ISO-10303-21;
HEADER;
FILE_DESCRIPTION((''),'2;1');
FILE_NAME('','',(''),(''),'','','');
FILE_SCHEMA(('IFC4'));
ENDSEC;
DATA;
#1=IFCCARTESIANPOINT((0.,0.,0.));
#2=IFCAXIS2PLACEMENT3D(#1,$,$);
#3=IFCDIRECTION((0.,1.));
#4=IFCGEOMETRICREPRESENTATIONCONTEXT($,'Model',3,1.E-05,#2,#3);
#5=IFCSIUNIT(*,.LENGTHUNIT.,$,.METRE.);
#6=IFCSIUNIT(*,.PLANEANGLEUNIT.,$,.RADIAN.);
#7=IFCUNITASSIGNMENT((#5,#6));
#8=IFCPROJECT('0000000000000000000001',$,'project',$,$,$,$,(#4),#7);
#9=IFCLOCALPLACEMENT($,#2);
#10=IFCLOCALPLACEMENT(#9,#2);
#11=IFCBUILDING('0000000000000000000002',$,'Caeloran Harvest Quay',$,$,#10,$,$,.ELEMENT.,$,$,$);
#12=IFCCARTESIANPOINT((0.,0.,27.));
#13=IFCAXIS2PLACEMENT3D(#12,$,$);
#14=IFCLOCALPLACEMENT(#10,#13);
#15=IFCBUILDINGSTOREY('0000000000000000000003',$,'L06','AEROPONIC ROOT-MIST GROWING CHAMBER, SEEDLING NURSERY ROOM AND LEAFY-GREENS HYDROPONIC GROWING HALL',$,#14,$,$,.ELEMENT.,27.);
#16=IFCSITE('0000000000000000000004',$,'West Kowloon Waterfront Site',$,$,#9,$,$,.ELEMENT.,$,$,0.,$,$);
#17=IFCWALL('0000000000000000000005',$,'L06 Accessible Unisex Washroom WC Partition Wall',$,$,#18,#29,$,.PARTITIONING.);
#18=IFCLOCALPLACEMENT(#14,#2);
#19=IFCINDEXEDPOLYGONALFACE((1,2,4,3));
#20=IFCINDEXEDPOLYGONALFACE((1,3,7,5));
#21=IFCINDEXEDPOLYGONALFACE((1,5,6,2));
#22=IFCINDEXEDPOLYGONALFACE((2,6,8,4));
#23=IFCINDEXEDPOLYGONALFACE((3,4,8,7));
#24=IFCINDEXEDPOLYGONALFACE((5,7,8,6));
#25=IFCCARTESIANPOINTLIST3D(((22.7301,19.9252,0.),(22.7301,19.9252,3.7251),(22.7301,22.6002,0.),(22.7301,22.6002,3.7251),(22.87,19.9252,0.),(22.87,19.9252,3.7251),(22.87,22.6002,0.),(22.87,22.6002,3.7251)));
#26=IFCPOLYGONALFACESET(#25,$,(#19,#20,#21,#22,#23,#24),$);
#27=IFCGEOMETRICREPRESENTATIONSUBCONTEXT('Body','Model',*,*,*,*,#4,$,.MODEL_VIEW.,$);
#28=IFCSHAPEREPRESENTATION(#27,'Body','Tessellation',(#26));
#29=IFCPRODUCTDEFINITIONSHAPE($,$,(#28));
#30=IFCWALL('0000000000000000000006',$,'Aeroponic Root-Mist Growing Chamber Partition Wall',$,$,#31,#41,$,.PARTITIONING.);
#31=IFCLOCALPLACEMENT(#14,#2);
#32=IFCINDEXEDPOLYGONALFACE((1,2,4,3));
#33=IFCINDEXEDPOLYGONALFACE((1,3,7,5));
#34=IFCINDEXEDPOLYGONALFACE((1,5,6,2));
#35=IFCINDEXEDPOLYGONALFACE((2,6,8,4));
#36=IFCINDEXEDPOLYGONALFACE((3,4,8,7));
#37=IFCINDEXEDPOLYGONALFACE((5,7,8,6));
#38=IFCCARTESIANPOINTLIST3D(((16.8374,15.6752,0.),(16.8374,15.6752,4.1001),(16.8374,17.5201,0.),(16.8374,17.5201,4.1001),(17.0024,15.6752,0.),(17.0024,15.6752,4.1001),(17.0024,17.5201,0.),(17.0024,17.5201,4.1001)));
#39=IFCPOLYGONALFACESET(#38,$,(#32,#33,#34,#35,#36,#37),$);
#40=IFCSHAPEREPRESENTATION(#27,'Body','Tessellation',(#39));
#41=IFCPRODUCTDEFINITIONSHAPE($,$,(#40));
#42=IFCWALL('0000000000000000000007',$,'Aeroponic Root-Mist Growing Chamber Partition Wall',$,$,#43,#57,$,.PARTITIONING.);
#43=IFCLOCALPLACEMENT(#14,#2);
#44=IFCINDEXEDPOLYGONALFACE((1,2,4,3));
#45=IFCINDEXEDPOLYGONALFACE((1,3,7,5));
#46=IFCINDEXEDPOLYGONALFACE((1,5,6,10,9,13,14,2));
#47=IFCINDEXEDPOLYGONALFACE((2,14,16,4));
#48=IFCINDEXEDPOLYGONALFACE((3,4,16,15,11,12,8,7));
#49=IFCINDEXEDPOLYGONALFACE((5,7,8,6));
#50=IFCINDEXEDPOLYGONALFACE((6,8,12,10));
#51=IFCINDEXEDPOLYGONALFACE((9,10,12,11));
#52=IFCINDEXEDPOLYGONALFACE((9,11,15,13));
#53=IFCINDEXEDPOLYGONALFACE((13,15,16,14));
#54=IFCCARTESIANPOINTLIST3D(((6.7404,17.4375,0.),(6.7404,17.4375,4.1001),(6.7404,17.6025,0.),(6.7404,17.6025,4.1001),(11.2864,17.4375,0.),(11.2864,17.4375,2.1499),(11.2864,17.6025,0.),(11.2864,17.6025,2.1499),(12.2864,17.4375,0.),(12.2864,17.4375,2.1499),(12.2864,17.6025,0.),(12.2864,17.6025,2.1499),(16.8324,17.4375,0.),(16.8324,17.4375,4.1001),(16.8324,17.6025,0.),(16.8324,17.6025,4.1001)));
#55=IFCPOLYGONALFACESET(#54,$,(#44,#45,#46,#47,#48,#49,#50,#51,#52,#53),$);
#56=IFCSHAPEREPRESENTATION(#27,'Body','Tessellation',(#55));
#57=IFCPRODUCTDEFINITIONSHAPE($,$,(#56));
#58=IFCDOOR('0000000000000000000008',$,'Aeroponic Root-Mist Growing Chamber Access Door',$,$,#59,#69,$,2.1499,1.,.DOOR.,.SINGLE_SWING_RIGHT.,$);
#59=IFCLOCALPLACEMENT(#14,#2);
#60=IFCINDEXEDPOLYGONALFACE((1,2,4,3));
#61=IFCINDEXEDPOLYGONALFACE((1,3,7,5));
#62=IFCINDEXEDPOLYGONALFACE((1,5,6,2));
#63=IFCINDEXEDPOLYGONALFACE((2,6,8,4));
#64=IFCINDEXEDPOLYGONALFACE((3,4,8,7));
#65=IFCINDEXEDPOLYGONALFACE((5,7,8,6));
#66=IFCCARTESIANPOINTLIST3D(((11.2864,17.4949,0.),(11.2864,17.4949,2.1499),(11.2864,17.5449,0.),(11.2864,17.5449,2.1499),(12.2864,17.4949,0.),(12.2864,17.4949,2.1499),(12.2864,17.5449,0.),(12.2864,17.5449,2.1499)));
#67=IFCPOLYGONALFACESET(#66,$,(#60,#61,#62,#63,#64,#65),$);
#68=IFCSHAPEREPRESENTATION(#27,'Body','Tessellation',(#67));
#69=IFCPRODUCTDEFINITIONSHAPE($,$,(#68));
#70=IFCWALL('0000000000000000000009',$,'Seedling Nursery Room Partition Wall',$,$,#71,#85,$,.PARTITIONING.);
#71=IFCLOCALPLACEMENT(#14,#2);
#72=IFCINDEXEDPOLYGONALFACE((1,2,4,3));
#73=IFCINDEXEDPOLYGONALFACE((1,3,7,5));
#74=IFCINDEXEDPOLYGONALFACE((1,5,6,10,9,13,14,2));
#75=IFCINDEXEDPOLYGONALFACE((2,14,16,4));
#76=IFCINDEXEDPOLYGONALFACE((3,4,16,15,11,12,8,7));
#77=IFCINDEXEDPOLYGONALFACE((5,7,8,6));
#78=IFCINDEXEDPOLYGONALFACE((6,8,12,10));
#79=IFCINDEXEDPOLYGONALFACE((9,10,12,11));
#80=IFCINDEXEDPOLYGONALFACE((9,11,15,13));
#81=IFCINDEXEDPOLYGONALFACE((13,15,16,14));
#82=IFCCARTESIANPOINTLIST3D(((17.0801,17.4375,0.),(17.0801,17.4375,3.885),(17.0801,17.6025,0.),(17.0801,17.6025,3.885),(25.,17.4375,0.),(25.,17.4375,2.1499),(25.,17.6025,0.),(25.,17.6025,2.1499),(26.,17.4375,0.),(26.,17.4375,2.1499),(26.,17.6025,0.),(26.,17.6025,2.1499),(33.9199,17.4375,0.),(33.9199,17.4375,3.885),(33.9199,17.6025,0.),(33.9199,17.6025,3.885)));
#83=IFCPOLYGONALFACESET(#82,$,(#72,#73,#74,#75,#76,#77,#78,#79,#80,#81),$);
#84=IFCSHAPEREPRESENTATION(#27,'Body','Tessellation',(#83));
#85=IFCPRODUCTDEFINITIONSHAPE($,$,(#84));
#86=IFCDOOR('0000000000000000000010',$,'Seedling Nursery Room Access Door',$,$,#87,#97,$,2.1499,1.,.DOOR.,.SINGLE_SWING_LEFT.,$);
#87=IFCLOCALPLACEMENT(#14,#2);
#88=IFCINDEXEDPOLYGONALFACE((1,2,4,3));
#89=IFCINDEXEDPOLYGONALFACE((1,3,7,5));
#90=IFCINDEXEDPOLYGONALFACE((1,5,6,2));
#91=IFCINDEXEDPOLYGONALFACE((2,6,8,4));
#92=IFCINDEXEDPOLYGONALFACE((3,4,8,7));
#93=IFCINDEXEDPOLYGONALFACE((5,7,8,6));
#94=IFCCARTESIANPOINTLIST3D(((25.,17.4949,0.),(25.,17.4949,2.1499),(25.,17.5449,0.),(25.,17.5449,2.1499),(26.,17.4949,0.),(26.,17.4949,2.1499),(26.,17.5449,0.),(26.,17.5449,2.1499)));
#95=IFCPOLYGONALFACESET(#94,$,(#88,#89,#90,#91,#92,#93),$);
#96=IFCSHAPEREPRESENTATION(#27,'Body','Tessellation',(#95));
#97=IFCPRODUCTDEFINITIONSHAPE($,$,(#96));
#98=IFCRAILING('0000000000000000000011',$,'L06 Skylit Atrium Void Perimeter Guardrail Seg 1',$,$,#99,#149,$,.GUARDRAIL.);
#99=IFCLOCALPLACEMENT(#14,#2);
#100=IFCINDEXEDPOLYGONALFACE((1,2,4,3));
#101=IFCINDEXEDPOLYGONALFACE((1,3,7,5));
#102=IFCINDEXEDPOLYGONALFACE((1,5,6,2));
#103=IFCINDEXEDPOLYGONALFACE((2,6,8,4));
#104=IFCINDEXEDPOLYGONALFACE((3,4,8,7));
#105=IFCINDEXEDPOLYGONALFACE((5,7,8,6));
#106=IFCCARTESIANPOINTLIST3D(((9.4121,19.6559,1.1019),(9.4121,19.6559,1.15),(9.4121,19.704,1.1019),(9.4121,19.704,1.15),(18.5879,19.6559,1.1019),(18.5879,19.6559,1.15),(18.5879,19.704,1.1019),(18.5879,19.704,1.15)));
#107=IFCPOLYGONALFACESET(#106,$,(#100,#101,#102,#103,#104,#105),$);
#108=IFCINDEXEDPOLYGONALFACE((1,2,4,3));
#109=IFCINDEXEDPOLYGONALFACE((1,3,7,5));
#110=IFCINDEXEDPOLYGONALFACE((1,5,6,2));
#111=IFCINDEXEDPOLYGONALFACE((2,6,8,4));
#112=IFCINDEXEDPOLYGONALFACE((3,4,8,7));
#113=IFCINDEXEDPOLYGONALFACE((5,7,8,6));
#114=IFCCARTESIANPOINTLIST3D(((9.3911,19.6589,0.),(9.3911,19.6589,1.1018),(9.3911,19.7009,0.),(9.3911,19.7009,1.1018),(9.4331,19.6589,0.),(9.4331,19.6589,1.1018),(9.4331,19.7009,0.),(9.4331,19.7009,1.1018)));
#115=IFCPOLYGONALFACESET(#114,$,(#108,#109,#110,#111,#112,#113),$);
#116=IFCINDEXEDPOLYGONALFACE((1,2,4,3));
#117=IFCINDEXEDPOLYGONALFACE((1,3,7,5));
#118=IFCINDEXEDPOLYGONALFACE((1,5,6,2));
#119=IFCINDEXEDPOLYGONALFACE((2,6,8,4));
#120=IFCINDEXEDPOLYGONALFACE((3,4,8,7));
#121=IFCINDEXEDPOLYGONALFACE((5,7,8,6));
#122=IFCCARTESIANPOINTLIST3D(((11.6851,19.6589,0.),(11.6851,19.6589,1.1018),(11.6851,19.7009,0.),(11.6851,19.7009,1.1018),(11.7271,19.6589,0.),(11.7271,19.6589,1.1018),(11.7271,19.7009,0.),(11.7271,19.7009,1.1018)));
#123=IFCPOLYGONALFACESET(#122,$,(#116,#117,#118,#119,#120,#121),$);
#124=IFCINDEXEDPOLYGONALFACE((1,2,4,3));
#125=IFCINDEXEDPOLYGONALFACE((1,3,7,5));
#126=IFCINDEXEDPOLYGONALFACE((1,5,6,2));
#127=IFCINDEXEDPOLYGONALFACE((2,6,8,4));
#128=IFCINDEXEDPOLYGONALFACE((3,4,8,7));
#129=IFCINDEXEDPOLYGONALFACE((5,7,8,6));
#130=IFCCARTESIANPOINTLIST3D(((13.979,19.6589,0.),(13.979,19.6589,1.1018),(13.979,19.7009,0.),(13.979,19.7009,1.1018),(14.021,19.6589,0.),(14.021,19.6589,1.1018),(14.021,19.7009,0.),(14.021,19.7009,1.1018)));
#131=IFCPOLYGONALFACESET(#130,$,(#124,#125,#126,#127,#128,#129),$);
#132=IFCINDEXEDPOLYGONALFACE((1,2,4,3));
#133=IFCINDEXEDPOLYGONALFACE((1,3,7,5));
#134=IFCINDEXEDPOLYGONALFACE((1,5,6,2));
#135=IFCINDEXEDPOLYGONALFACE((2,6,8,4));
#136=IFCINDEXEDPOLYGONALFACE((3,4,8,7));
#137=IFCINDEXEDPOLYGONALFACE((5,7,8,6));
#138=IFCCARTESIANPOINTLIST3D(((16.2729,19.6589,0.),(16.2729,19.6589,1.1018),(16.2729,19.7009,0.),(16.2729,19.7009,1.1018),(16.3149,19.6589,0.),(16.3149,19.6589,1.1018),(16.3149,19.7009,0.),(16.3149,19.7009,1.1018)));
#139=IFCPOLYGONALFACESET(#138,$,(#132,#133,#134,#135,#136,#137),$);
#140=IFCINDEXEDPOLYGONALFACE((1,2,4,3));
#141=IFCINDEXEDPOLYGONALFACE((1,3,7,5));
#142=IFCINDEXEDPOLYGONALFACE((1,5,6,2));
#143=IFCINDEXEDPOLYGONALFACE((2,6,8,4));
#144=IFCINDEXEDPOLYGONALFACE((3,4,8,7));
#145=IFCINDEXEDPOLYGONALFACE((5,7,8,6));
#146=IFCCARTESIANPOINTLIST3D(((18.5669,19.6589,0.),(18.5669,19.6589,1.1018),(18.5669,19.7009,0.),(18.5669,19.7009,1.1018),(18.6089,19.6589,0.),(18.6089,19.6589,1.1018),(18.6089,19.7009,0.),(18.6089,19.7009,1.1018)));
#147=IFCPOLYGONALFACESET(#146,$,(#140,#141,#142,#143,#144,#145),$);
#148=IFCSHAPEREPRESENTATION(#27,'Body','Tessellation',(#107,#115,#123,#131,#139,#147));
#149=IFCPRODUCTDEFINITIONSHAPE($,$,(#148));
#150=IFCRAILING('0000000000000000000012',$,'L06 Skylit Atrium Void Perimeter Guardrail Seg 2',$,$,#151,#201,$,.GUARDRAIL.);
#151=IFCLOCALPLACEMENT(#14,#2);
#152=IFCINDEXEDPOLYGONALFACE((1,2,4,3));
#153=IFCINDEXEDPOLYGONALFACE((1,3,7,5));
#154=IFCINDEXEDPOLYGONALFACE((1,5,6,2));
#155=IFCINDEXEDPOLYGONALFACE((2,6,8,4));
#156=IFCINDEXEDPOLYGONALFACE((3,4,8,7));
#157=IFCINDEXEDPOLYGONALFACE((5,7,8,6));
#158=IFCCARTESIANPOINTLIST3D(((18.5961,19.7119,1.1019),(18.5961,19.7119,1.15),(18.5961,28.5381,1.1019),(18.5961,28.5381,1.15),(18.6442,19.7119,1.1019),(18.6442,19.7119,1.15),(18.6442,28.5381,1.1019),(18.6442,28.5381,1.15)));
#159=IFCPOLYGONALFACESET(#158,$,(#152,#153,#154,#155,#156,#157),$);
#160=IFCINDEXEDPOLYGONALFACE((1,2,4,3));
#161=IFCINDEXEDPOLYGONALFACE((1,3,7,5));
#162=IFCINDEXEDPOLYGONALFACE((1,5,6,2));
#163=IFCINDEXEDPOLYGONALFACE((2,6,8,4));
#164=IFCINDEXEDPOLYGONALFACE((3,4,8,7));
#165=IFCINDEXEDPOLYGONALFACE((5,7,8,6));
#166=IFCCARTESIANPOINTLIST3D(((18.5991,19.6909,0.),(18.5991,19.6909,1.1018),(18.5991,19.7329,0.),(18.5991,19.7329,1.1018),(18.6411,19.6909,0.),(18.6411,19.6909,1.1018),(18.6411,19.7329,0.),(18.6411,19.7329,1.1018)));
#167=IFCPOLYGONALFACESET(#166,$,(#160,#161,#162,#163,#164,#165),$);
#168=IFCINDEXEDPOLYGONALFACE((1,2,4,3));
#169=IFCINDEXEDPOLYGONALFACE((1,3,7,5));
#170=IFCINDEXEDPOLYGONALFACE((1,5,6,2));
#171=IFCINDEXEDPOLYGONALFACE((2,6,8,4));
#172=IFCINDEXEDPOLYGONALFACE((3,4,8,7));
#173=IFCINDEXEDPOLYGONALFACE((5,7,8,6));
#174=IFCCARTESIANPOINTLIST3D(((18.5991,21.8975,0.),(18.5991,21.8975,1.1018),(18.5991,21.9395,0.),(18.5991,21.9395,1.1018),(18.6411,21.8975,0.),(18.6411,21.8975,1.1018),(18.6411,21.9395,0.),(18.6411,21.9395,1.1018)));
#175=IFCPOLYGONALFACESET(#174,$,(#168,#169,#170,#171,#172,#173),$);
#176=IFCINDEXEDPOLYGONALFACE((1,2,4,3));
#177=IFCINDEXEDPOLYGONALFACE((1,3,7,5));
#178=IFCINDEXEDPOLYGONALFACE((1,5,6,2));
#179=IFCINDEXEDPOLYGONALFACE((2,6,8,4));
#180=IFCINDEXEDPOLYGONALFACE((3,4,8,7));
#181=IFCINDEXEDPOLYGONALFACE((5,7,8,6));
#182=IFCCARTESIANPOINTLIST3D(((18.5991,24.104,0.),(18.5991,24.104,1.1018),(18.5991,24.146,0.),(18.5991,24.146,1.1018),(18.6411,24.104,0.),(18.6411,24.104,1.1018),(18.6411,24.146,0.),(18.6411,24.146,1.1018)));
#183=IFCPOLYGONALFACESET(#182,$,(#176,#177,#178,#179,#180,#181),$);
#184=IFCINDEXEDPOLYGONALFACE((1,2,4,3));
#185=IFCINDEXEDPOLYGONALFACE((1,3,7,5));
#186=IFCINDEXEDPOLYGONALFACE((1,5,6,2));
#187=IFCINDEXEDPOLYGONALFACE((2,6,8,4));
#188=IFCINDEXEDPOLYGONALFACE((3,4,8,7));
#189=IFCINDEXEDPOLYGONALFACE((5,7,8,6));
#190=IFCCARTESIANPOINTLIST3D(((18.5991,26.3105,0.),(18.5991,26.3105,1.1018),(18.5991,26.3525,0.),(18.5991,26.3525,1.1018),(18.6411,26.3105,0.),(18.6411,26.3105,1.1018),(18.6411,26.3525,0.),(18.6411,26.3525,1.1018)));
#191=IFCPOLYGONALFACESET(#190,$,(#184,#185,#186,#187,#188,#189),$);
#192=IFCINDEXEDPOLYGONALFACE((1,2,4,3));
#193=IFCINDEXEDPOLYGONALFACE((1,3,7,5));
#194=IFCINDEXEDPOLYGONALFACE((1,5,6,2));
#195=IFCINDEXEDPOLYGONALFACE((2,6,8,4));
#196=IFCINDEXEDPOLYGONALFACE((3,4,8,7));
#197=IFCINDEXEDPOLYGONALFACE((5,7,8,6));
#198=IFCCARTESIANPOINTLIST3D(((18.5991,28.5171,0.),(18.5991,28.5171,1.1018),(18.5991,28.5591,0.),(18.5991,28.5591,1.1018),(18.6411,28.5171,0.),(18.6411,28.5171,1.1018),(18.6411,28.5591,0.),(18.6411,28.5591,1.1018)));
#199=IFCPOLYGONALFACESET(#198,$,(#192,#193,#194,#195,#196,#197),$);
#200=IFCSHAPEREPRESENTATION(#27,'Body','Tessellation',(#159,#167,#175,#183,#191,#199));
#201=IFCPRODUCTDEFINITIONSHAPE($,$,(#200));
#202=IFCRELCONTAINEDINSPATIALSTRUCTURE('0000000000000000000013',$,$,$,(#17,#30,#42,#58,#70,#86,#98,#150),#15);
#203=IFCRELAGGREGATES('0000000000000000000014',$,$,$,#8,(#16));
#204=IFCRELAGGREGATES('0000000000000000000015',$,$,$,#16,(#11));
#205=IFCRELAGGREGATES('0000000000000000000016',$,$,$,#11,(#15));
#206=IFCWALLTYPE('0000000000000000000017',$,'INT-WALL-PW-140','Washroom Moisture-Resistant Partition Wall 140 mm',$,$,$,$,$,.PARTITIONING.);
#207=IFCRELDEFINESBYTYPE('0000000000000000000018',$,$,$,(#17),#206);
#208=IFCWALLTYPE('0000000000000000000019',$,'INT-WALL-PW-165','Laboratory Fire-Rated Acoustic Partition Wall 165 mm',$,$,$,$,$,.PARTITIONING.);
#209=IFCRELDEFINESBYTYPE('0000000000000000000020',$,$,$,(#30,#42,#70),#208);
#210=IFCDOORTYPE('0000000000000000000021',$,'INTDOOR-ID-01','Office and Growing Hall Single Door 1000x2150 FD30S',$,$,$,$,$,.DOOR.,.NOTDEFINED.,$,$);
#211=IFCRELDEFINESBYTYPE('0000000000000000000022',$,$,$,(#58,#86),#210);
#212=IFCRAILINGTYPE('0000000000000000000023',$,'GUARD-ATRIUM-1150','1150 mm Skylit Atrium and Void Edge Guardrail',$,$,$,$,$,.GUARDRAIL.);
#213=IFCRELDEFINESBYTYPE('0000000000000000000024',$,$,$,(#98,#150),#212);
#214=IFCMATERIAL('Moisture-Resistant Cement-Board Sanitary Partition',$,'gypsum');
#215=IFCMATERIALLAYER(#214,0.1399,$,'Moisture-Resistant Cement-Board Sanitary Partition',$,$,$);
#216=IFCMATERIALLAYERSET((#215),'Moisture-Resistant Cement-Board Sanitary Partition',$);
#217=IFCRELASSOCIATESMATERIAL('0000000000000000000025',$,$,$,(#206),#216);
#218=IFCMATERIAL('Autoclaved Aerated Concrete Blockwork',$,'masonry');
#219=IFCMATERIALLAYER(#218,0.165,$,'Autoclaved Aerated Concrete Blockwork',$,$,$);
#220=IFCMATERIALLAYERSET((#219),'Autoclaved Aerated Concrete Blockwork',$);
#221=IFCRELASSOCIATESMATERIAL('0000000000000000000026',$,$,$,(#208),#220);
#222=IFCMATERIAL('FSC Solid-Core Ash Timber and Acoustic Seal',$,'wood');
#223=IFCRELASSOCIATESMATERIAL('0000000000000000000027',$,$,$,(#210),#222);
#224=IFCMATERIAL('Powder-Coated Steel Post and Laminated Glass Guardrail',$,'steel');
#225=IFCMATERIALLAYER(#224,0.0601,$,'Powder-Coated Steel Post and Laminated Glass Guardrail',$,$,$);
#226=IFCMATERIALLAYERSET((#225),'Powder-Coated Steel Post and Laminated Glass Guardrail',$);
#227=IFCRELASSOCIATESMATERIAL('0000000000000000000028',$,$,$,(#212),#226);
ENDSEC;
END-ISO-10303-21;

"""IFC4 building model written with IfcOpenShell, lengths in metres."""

from ifc_helpers import new_model, si_unit, direction, frame, frame_2d, origin, origin_2d, place, context, subcontext, project, spatial, rectangle, extrude, material, layer, layer_set, type_object, element, fill, save


model = new_model("IFC4")

# Units and contexts
model_context = context("Model", 3, precision=1e-05, world=origin(), true_north=direction((0.0, 1.0)))
body_context = subcontext(model_context, "Body", "Model", "MODEL_VIEW")
ifc_project = project(units=[si_unit("LENGTHUNIT", "METRE"), si_unit("PLANEANGLEUNIT", "RADIAN")], contexts=[model_context])

# Site, building, storey
site_placement = place(None, origin())
site = spatial("IfcSite", under=ifc_project, at=site_placement, Name="West Kowloon Waterfront Site", CompositionType="ELEMENT", RefElevation=0.0)
building_placement = place(site_placement, origin())
building = spatial("IfcBuilding", under=site, at=building_placement, Name="Caeloran Harvest Quay", CompositionType="ELEMENT")
storey_placement = place(building_placement, frame((0.0, 0.0, 27.0)))
storey = spatial("IfcBuildingStorey", under=building, at=storey_placement, Name="L06", Description="AEROPONIC ROOT-MIST GROWING CHAMBER, SEEDLING NURSERY ROOM AND LEAFY-GREENS HYDROPONIC GROWING HALL", CompositionType="ELEMENT", Elevation=27.0)

# Shared definitions
ifc_material_1 = material(Name="Moisture-Resistant Cement-Board Sanitary Partition", Category="gypsum")
ifc_layer_1 = layer(ifc_material_1, 0.1399, Name="Moisture-Resistant Cement-Board Sanitary Partition")
ifc_layer_set_1 = layer_set([ifc_layer_1], Name="Moisture-Resistant Cement-Board Sanitary Partition")
wall_type_1 = type_object("IfcWallType", Name="INT-WALL-PW-140", Description="Washroom Moisture-Resistant Partition Wall 140 mm", PredefinedType="PARTITIONING", material=ifc_layer_set_1)

# Walls
wall_1_placement = place(storey_placement, frame((22.8, 22.6001, 0.0), z_axis=(0.0, 0.0, 1.0), x_axis=(0.0, -1.0, 0.0)))
element("IfcWall", 1, at=wall_1_placement, inside=storey, type_object=wall_type_1, Name="L06 Accessible Unisex Washroom WC Partition Wall", PredefinedType="PARTITIONING", context=body_context, shape_type="SweptSolid", body=[
    extrude(rectangle(XDim=2.675, YDim=0.1399, at=frame_2d((1.3374, 0.0))), origin(), (0.0, 0.0, 1.0), 3.7251),
])
ifc_material_2 = material(Name="Autoclaved Aerated Concrete Blockwork", Category="masonry")
ifc_layer_2 = layer(ifc_material_2, 0.165, Name="Autoclaved Aerated Concrete Blockwork")
ifc_layer_set_2 = layer_set([ifc_layer_2], Name="Autoclaved Aerated Concrete Blockwork")
wall_type_2 = type_object("IfcWallType", Name="INT-WALL-PW-165", Description="Laboratory Fire-Rated Acoustic Partition Wall 165 mm", PredefinedType="PARTITIONING", material=ifc_layer_set_2)
wall_2_placement = place(storey_placement, frame((16.9199, 17.52, 0.0), z_axis=(0.0, 0.0, 1.0), x_axis=(0.0, -1.0, 0.0)))
element("IfcWall", 2, at=wall_2_placement, inside=storey, type_object=wall_type_2, Name="Aeroponic Root-Mist Growing Chamber Partition Wall", PredefinedType="PARTITIONING", context=body_context, shape_type="SweptSolid", body=[
    extrude(rectangle(XDim=1.845, YDim=0.165, at=frame_2d((0.9224, 0.0))), origin(), (0.0, 0.0, 1.0), 4.1001),
])

# Walls, openings, doors
wall_3_placement = place(storey_placement, frame((6.7405, 17.52, 0.0), z_axis=(0.0, 0.0, 1.0), x_axis=(1.0, 0.0, 0.0)))
wall_3 = element("IfcWall", 3, at=wall_3_placement, inside=storey, type_object=wall_type_2, Name="Aeroponic Root-Mist Growing Chamber Partition Wall", PredefinedType="PARTITIONING", context=body_context, shape_type="SweptSolid", body=[
    extrude(rectangle(XDim=10.092, YDim=0.165, at=frame_2d((5.0459, 0.0))), origin(), (0.0, 0.0, 1.0), 4.1001),
])
opening_1_placement = place(wall_3_placement, frame((4.5459, 0.0, 0.0)))
opening_1 = element("IfcOpeningElement", 4, at=opening_1_placement, cuts=wall_3, PredefinedType="OPENING", context=body_context, shape_type="SweptSolid", body=[
    extrude(rectangle(XDim=1.0, YDim=2.1499, at=frame_2d((0.5, 1.075))), frame((0.0, 0.0925, 0.0), z_axis=(0.0, -1.0, 0.0), x_axis=(1.0, 0.0, 0.0)), (0.0, 0.0, 1.0), 0.1851),
])
ifc_material_3 = material(Name="FSC Solid-Core Ash Timber and Acoustic Seal", Category="wood")
door_type_1 = type_object("IfcDoorType", Name="INTDOOR-ID-01", Description="Office and Growing Hall Single Door 1000x2150 FD30S", OperationType="NOTDEFINED", PredefinedType="DOOR", material=ifc_material_3)
door_1_placement = place(opening_1_placement, origin())
door_1 = element("IfcDoor", 5, at=door_1_placement, inside=storey, type_object=door_type_1, Name="Aeroponic Root-Mist Growing Chamber Access Door", OperationType="SINGLE_SWING_RIGHT", OverallHeight=2.1499, OverallWidth=1.0, PredefinedType="DOOR", context=body_context, shape_type="SweptSolid", body=[
    extrude(rectangle(XDim=1.0, YDim=2.1499, at=frame_2d((0.5, 1.075))), frame((0.0, 0.0249, 0.0), z_axis=(0.0, -1.0, 0.0), x_axis=(1.0, 0.0, 0.0)), (0.0, 0.0, 1.0), 0.05),
])
fill(opening_1, door_1)
wall_4_placement = place(storey_placement, frame((17.0801, 17.52, 0.0), z_axis=(0.0, 0.0, 1.0), x_axis=(1.0, 0.0, 0.0)))
wall_4 = element("IfcWall", 6, at=wall_4_placement, inside=storey, type_object=wall_type_2, Name="Seedling Nursery Room Partition Wall", PredefinedType="PARTITIONING", context=body_context, shape_type="SweptSolid", body=[
    extrude(rectangle(XDim=16.8398, YDim=0.165, at=frame_2d((8.4199, 0.0))), origin(), (0.0, 0.0, 1.0), 3.885),
])
opening_2_placement = place(wall_4_placement, frame((7.9199, 0.0, 0.0)))
opening_2 = element("IfcOpeningElement", 7, at=opening_2_placement, cuts=wall_4, PredefinedType="OPENING", context=body_context, shape_type="SweptSolid", body=[
    extrude(rectangle(XDim=1.0, YDim=2.1499, at=frame_2d((0.5, 1.075))), frame((0.0, 0.0925, 0.0), z_axis=(0.0, -1.0, 0.0), x_axis=(1.0, 0.0, 0.0)), (0.0, 0.0, 1.0), 0.1851),
])
door_2_placement = place(opening_2_placement, origin())
door_2 = element("IfcDoor", 8, at=door_2_placement, inside=storey, type_object=door_type_1, Name="Seedling Nursery Room Access Door", OperationType="SINGLE_SWING_LEFT", OverallHeight=2.1499, OverallWidth=1.0, PredefinedType="DOOR", context=body_context, shape_type="SweptSolid", body=[
    extrude(rectangle(XDim=1.0, YDim=2.1499, at=frame_2d((0.5, 1.075))), frame((0.0, 0.0249, 0.0), z_axis=(0.0, -1.0, 0.0), x_axis=(1.0, 0.0, 0.0)), (0.0, 0.0, 1.0), 0.05),
])
fill(opening_2, door_2)

# Railings
ifc_material_4 = material(Name="Powder-Coated Steel Post and Laminated Glass Guardrail", Category="steel")
ifc_layer_3 = layer(ifc_material_4, 0.0601, Name="Powder-Coated Steel Post and Laminated Glass Guardrail")
ifc_layer_set_3 = layer_set([ifc_layer_3], Name="Powder-Coated Steel Post and Laminated Glass Guardrail")
railing_type = type_object("IfcRailingType", Name="GUARD-ATRIUM-1150", Description="1150 mm Skylit Atrium and Void Edge Guardrail", PredefinedType="GUARDRAIL", material=ifc_layer_set_3)
railing_1_placement = place(storey_placement, frame((9.4121, 19.6799, 0.0)))
element("IfcRailing", 9, at=railing_1_placement, inside=storey, type_object=railing_type, Name="L06 Skylit Atrium Void Perimeter Guardrail Seg 1", PredefinedType="GUARDRAIL", context=body_context, shape_type="SweptSolid", body=[
    extrude(rectangle(XDim=0.0481, YDim=0.0481, at=origin_2d()), frame((0.0, 0.0, 1.126), z_axis=(1.0, 0.0, 0.0), x_axis=(0.0, 1.0, 0.0)), (0.0, 0.0, 1.0), 9.1758),
    extrude(rectangle(XDim=0.042, YDim=0.042, at=origin_2d()), origin(), (0.0, 0.0, 1.0), 1.1018),
    extrude(rectangle(XDim=0.042, YDim=0.042, at=origin_2d()), frame((2.2939, 0.0, 0.0)), (0.0, 0.0, 1.0), 1.1018),
    extrude(rectangle(XDim=0.042, YDim=0.042, at=origin_2d()), frame((4.5879, 0.0, 0.0)), (0.0, 0.0, 1.0), 1.1018),
    extrude(rectangle(XDim=0.042, YDim=0.042, at=origin_2d()), frame((6.8818, 0.0, 0.0)), (0.0, 0.0, 1.0), 1.1018),
    extrude(rectangle(XDim=0.042, YDim=0.042, at=origin_2d()), frame((9.1758, 0.0, 0.0)), (0.0, 0.0, 1.0), 1.1018),
])
railing_2_placement = place(storey_placement, frame((18.6201, 19.7119, 0.0)))
element("IfcRailing", 10, at=railing_2_placement, inside=storey, type_object=railing_type, Name="L06 Skylit Atrium Void Perimeter Guardrail Seg 2", PredefinedType="GUARDRAIL", context=body_context, shape_type="SweptSolid", body=[
    extrude(rectangle(XDim=0.0481, YDim=0.0481, at=origin_2d()), frame((0.0, 0.0, 1.126), z_axis=(0.0, 1.0, 0.0), x_axis=(-1.0, 0.0, 0.0)), (0.0, 0.0, 1.0), 8.8262),
    extrude(rectangle(XDim=0.042, YDim=0.042, at=origin_2d()), origin(), (0.0, 0.0, 1.0), 1.1018),
    extrude(rectangle(XDim=0.042, YDim=0.042, at=origin_2d()), frame((0.0, 2.2065, 0.0)), (0.0, 0.0, 1.0), 1.1018),
    extrude(rectangle(XDim=0.042, YDim=0.042, at=origin_2d()), frame((0.0, 4.4131, 0.0)), (0.0, 0.0, 1.0), 1.1018),
    extrude(rectangle(XDim=0.042, YDim=0.042, at=origin_2d()), frame((0.0, 6.6196, 0.0)), (0.0, 0.0, 1.0), 1.1018),
    extrude(rectangle(XDim=0.042, YDim=0.042, at=origin_2d()), frame((0.0, 8.8262, 0.0)), (0.0, 0.0, 1.0), 1.1018),
])

save(model, "model.ifc")
